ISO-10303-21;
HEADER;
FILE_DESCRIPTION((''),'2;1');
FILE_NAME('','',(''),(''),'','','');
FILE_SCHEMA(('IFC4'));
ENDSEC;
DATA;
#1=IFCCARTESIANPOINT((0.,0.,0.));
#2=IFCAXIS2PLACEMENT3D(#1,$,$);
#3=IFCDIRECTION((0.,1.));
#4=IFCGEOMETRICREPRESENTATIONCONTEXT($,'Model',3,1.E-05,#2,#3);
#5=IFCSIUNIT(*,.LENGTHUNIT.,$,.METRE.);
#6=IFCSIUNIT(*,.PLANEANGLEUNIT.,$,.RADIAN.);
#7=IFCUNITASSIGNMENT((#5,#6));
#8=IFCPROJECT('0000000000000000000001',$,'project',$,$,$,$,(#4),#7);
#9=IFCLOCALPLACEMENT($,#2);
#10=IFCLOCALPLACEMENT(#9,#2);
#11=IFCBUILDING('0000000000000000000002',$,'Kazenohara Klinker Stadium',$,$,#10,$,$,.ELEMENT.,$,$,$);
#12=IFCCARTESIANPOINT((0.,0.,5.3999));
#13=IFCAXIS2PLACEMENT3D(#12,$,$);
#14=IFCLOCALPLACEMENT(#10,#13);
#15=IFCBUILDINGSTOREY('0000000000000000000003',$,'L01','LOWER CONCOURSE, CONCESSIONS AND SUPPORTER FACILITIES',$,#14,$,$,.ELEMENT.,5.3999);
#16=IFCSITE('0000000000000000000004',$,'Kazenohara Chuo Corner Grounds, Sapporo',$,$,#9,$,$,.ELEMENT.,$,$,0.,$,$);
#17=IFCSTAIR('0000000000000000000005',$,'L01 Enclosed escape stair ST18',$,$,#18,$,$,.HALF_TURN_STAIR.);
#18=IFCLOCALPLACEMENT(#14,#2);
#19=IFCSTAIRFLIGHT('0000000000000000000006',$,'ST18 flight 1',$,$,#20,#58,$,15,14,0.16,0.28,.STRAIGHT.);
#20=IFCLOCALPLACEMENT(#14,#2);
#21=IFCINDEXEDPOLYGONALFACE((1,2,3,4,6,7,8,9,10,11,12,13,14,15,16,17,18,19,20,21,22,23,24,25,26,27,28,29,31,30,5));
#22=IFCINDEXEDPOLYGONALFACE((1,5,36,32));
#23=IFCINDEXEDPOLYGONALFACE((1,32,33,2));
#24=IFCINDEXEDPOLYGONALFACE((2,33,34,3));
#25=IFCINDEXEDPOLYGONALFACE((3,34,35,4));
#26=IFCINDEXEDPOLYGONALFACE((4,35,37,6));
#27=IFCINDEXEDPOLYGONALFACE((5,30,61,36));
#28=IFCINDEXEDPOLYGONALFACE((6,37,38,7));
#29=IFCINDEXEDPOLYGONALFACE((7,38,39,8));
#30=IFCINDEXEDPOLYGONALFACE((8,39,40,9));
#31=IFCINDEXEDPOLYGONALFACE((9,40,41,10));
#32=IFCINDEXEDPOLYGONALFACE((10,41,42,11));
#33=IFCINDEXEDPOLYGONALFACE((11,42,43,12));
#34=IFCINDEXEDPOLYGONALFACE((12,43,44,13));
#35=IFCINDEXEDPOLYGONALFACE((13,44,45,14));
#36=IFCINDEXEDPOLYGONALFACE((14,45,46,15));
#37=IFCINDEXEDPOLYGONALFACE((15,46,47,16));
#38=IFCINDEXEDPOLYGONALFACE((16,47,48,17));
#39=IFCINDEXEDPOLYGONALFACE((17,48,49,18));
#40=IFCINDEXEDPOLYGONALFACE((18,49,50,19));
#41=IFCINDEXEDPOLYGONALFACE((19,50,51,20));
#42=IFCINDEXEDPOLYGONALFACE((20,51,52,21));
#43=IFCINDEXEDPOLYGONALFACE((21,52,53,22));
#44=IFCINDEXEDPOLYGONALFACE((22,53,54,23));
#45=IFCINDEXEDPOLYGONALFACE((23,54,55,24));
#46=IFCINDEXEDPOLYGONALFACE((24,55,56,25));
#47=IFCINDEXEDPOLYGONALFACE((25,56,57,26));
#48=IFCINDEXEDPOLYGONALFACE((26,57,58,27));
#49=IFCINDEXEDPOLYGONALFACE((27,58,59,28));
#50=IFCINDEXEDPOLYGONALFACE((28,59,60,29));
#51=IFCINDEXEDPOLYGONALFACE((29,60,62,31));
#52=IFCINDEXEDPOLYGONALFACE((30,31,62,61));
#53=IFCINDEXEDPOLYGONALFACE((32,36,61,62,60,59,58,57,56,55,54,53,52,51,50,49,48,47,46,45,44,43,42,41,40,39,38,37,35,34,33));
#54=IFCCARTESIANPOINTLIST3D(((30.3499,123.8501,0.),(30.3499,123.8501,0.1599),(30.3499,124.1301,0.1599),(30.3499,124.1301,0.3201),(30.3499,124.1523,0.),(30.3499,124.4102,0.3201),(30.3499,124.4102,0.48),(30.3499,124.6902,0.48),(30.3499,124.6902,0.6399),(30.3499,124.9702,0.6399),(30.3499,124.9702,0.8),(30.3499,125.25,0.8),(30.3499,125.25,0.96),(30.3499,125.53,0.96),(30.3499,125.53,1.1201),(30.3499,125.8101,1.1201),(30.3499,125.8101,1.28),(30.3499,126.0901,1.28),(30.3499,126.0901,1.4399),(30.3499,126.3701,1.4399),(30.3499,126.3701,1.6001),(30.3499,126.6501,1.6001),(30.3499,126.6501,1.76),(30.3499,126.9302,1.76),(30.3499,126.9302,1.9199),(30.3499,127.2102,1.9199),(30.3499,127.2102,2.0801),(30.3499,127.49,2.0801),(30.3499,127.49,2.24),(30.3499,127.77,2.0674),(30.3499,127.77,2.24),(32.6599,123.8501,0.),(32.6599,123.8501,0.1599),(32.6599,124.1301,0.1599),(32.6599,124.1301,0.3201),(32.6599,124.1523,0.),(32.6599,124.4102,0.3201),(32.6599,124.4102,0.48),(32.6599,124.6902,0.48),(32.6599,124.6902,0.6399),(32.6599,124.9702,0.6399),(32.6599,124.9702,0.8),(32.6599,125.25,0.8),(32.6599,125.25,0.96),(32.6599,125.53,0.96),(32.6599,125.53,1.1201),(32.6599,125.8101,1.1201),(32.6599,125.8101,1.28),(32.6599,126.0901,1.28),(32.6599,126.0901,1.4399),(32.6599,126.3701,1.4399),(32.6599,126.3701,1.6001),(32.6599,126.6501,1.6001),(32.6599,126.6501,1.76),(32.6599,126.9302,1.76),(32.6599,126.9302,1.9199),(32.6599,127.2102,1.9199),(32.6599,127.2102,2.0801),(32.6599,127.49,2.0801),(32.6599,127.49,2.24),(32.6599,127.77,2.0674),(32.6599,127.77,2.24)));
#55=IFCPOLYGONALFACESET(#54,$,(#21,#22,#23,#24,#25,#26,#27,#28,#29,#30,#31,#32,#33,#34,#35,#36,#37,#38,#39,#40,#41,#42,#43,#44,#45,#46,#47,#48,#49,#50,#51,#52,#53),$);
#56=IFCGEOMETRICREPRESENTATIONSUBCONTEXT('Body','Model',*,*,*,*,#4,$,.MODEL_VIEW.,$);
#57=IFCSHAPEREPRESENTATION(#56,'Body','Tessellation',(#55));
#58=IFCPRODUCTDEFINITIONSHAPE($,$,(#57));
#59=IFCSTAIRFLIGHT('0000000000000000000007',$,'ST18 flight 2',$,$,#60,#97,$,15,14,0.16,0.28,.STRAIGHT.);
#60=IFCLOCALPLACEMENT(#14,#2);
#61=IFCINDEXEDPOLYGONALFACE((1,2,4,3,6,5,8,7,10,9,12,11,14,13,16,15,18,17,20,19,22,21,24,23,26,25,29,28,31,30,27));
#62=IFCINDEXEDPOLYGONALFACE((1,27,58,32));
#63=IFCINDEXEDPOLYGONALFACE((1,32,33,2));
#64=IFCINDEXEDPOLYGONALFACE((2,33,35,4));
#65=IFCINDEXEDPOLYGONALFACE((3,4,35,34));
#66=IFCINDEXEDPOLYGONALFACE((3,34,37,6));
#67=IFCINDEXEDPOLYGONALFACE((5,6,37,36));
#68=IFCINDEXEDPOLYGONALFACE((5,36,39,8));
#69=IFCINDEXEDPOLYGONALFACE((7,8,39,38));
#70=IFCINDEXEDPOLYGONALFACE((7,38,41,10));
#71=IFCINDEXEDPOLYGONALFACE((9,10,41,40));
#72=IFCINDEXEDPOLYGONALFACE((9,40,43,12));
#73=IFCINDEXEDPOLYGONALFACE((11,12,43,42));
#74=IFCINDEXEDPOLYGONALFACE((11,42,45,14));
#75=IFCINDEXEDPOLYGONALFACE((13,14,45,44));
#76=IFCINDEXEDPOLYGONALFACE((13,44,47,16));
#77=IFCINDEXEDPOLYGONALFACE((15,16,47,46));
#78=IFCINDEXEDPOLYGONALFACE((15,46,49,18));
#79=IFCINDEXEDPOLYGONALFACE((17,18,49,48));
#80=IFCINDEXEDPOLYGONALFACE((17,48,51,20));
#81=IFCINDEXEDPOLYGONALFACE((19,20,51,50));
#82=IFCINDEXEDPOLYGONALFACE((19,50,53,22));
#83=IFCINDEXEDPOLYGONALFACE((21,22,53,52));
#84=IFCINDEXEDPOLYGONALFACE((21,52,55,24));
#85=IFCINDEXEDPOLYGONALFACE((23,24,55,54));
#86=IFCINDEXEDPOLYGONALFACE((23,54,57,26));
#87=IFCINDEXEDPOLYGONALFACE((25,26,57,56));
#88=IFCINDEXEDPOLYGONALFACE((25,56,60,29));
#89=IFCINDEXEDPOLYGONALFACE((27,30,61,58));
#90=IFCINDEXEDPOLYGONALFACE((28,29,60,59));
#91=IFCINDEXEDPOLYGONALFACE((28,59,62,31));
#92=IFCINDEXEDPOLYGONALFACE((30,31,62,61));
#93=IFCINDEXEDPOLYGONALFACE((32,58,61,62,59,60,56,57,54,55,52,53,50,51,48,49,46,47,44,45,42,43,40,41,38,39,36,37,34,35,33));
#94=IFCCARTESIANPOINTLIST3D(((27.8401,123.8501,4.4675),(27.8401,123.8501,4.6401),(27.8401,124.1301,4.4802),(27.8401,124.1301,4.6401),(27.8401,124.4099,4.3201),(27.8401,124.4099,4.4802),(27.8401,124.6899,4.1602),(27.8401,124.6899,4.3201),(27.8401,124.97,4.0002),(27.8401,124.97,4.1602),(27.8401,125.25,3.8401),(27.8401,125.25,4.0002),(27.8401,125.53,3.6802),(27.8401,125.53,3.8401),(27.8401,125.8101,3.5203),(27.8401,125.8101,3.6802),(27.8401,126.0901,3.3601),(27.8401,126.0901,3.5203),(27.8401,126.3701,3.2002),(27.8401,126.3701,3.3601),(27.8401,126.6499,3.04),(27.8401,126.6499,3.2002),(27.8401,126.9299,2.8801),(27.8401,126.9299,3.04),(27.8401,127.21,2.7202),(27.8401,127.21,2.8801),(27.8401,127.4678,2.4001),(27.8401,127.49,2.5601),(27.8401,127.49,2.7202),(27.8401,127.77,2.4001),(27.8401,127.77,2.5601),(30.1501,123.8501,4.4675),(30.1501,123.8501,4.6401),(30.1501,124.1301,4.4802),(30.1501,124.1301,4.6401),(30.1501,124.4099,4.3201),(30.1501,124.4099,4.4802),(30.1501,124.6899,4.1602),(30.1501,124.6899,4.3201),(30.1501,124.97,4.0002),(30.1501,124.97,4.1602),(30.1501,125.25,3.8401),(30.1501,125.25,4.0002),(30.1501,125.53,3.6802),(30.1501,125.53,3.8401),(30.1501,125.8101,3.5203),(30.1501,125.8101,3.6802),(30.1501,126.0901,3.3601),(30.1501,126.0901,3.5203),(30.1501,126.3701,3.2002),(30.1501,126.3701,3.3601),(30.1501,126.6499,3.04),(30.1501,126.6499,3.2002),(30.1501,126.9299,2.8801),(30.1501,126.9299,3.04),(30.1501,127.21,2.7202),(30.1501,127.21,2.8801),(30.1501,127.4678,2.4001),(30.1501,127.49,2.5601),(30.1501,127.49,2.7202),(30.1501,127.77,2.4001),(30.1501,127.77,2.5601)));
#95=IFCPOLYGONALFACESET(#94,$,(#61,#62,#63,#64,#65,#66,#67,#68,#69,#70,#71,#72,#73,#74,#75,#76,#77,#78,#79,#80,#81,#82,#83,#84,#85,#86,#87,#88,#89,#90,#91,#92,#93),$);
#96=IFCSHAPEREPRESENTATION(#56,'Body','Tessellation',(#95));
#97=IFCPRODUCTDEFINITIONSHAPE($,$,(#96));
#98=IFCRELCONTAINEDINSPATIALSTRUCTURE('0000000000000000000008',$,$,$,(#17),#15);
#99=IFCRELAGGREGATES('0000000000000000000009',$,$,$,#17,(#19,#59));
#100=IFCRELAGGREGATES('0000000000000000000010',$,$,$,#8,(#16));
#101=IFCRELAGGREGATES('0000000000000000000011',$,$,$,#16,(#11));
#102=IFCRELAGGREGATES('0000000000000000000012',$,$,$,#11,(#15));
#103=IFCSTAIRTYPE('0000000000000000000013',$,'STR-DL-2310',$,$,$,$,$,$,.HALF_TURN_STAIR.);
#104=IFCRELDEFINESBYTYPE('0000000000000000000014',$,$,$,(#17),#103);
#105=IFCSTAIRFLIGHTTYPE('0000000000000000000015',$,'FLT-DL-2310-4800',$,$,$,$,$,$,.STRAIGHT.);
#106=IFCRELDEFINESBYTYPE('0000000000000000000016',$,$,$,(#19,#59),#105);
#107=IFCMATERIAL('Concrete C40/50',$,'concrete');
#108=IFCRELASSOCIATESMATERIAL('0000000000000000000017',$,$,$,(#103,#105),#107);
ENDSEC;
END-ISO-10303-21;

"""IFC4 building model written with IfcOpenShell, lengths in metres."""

from ifc_helpers import new_model, si_unit, direction, frame, origin, place, context, subcontext, project, spatial, polyline, outline, extrude, material, type_object, element, aggregate, save


model = new_model("IFC4")

# Units and contexts
model_context = context("Model", 3, precision=1e-05, world=origin(), true_north=direction((0.0, 1.0)))
body_context = subcontext(model_context, "Body", "Model", "MODEL_VIEW")
ifc_project = project(units=[si_unit("LENGTHUNIT", "METRE"), si_unit("PLANEANGLEUNIT", "RADIAN")], contexts=[model_context])

# Site, building, storey
site_placement = place(None, origin())
site = spatial("IfcSite", under=ifc_project, at=site_placement, Name="Kazenohara Chuo Corner Grounds, Sapporo", CompositionType="ELEMENT", RefElevation=0.0)
building_placement = place(site_placement, origin())
building = spatial("IfcBuilding", under=site, at=building_placement, Name="Kazenohara Klinker Stadium", CompositionType="ELEMENT")
storey_placement = place(building_placement, frame((0.0, 0.0, 5.3999)))
storey = spatial("IfcBuildingStorey", under=building, at=storey_placement, Name="L01", Description="LOWER CONCOURSE, CONCESSIONS AND SUPPORTER FACILITIES", CompositionType="ELEMENT", Elevation=5.3999)

# Shared definitions
ifc_material_1 = material(Name="Concrete C40/50", Category="concrete")

# Stair, stair flights
stair_type = type_object("IfcStairType", Name="STR-DL-2310", PredefinedType="HALF_TURN_STAIR", material=ifc_material_1)
stair_placement = place(storey_placement, origin())
stair = element("IfcStair", 1, at=stair_placement, inside=storey, type_object=stair_type, Name="L01 Enclosed escape stair ST18", PredefinedType="HALF_TURN_STAIR")
stair_flight_type = type_object("IfcStairFlightType", Name="FLT-DL-2310-4800", PredefinedType="STRAIGHT", material=ifc_material_1)
stair_flight_1_placement = place(storey_placement, frame((31.5049, 123.8501, 0.0), z_axis=(0.0, 0.0, 1.0), x_axis=(0.0, 1.0, 0.0)))
stair_flight_1 = element("IfcStairFlight", 2, at=stair_flight_1_placement, type_object=stair_flight_type, Name="ST18 flight 1", NumberOfRisers=15, NumberOfTreads=14, PredefinedType="STRAIGHT", RiserHeight=0.16, TreadLength=0.28, context=body_context, shape_type="SweptSolid", body=[
    extrude(outline(polyline([(0.0, 0.0), (0.0, 0.1599), (0.28, 0.1599), (0.28, 0.3201), (0.5601, 0.3201), (0.5601, 0.48), (0.8401, 0.48), (0.8401, 0.6399), (1.1201, 0.6399), (1.1201, 0.8), (1.3999, 0.8), (1.3999, 0.96), (1.6799, 0.96), (1.6799, 1.1201), (1.96, 1.1201), (1.96, 1.28), (2.24, 1.28), (2.24, 1.4399), (2.52, 1.4399), (2.52, 1.6001), (2.8, 1.6001), (2.8, 1.76), (3.0801, 1.76), (3.0801, 1.9199), (3.3601, 1.9199), (3.3601, 2.0801), (3.6399, 2.0801), (3.6399, 2.24), (3.9199, 2.24), (3.9199, 2.3999), (3.9199, 2.0674), (0.3022, 0.0), (0.0, 0.0)])), frame((0.0, 1.155, 0.0), z_axis=(0.0, -1.0, 0.0), x_axis=(1.0, 0.0, 0.0)), (0.0, 0.0, 1.0), 2.3101),
])
stair_flight_2_placement = place(storey_placement, frame((28.9951, 127.77, 2.4001), z_axis=(0.0, 0.0, 1.0), x_axis=(0.0, -1.0, 0.0)))
stair_flight_2 = element("IfcStairFlight", 3, at=stair_flight_2_placement, type_object=stair_flight_type, Name="ST18 flight 2", NumberOfRisers=15, NumberOfTreads=14, PredefinedType="STRAIGHT", RiserHeight=0.16, TreadLength=0.28, context=body_context, shape_type="SweptSolid", body=[
    extrude(outline(polyline([(0.0, 0.0), (0.0, 0.1599), (0.28, 0.1599), (0.28, 0.3201), (0.5601, 0.3201), (0.5601, 0.48), (0.8401, 0.48), (0.8401, 0.6399), (1.1201, 0.6399), (1.1201, 0.8), (1.3999, 0.8), (1.3999, 0.96), (1.6799, 0.96), (1.6799, 1.1201), (1.96, 1.1201), (1.96, 1.28), (2.24, 1.28), (2.24, 1.4399), (2.52, 1.4399), (2.52, 1.6001), (2.8, 1.6001), (2.8, 1.76), (3.0801, 1.76), (3.0801, 1.9199), (3.3601, 1.9199), (3.3601, 2.0801), (3.6399, 2.0801), (3.6399, 2.24), (3.9199, 2.24), (3.9199, 2.3999), (3.9199, 2.0674), (0.3022, 0.0), (0.0, 0.0)])), frame((0.0, 1.155, 0.0), z_axis=(0.0, -1.0, 0.0), x_axis=(1.0, 0.0, 0.0)), (0.0, 0.0, 1.0), 2.3101),
])
aggregate(stair, [stair_flight_1, stair_flight_2])

save(model, "model.ifc")
